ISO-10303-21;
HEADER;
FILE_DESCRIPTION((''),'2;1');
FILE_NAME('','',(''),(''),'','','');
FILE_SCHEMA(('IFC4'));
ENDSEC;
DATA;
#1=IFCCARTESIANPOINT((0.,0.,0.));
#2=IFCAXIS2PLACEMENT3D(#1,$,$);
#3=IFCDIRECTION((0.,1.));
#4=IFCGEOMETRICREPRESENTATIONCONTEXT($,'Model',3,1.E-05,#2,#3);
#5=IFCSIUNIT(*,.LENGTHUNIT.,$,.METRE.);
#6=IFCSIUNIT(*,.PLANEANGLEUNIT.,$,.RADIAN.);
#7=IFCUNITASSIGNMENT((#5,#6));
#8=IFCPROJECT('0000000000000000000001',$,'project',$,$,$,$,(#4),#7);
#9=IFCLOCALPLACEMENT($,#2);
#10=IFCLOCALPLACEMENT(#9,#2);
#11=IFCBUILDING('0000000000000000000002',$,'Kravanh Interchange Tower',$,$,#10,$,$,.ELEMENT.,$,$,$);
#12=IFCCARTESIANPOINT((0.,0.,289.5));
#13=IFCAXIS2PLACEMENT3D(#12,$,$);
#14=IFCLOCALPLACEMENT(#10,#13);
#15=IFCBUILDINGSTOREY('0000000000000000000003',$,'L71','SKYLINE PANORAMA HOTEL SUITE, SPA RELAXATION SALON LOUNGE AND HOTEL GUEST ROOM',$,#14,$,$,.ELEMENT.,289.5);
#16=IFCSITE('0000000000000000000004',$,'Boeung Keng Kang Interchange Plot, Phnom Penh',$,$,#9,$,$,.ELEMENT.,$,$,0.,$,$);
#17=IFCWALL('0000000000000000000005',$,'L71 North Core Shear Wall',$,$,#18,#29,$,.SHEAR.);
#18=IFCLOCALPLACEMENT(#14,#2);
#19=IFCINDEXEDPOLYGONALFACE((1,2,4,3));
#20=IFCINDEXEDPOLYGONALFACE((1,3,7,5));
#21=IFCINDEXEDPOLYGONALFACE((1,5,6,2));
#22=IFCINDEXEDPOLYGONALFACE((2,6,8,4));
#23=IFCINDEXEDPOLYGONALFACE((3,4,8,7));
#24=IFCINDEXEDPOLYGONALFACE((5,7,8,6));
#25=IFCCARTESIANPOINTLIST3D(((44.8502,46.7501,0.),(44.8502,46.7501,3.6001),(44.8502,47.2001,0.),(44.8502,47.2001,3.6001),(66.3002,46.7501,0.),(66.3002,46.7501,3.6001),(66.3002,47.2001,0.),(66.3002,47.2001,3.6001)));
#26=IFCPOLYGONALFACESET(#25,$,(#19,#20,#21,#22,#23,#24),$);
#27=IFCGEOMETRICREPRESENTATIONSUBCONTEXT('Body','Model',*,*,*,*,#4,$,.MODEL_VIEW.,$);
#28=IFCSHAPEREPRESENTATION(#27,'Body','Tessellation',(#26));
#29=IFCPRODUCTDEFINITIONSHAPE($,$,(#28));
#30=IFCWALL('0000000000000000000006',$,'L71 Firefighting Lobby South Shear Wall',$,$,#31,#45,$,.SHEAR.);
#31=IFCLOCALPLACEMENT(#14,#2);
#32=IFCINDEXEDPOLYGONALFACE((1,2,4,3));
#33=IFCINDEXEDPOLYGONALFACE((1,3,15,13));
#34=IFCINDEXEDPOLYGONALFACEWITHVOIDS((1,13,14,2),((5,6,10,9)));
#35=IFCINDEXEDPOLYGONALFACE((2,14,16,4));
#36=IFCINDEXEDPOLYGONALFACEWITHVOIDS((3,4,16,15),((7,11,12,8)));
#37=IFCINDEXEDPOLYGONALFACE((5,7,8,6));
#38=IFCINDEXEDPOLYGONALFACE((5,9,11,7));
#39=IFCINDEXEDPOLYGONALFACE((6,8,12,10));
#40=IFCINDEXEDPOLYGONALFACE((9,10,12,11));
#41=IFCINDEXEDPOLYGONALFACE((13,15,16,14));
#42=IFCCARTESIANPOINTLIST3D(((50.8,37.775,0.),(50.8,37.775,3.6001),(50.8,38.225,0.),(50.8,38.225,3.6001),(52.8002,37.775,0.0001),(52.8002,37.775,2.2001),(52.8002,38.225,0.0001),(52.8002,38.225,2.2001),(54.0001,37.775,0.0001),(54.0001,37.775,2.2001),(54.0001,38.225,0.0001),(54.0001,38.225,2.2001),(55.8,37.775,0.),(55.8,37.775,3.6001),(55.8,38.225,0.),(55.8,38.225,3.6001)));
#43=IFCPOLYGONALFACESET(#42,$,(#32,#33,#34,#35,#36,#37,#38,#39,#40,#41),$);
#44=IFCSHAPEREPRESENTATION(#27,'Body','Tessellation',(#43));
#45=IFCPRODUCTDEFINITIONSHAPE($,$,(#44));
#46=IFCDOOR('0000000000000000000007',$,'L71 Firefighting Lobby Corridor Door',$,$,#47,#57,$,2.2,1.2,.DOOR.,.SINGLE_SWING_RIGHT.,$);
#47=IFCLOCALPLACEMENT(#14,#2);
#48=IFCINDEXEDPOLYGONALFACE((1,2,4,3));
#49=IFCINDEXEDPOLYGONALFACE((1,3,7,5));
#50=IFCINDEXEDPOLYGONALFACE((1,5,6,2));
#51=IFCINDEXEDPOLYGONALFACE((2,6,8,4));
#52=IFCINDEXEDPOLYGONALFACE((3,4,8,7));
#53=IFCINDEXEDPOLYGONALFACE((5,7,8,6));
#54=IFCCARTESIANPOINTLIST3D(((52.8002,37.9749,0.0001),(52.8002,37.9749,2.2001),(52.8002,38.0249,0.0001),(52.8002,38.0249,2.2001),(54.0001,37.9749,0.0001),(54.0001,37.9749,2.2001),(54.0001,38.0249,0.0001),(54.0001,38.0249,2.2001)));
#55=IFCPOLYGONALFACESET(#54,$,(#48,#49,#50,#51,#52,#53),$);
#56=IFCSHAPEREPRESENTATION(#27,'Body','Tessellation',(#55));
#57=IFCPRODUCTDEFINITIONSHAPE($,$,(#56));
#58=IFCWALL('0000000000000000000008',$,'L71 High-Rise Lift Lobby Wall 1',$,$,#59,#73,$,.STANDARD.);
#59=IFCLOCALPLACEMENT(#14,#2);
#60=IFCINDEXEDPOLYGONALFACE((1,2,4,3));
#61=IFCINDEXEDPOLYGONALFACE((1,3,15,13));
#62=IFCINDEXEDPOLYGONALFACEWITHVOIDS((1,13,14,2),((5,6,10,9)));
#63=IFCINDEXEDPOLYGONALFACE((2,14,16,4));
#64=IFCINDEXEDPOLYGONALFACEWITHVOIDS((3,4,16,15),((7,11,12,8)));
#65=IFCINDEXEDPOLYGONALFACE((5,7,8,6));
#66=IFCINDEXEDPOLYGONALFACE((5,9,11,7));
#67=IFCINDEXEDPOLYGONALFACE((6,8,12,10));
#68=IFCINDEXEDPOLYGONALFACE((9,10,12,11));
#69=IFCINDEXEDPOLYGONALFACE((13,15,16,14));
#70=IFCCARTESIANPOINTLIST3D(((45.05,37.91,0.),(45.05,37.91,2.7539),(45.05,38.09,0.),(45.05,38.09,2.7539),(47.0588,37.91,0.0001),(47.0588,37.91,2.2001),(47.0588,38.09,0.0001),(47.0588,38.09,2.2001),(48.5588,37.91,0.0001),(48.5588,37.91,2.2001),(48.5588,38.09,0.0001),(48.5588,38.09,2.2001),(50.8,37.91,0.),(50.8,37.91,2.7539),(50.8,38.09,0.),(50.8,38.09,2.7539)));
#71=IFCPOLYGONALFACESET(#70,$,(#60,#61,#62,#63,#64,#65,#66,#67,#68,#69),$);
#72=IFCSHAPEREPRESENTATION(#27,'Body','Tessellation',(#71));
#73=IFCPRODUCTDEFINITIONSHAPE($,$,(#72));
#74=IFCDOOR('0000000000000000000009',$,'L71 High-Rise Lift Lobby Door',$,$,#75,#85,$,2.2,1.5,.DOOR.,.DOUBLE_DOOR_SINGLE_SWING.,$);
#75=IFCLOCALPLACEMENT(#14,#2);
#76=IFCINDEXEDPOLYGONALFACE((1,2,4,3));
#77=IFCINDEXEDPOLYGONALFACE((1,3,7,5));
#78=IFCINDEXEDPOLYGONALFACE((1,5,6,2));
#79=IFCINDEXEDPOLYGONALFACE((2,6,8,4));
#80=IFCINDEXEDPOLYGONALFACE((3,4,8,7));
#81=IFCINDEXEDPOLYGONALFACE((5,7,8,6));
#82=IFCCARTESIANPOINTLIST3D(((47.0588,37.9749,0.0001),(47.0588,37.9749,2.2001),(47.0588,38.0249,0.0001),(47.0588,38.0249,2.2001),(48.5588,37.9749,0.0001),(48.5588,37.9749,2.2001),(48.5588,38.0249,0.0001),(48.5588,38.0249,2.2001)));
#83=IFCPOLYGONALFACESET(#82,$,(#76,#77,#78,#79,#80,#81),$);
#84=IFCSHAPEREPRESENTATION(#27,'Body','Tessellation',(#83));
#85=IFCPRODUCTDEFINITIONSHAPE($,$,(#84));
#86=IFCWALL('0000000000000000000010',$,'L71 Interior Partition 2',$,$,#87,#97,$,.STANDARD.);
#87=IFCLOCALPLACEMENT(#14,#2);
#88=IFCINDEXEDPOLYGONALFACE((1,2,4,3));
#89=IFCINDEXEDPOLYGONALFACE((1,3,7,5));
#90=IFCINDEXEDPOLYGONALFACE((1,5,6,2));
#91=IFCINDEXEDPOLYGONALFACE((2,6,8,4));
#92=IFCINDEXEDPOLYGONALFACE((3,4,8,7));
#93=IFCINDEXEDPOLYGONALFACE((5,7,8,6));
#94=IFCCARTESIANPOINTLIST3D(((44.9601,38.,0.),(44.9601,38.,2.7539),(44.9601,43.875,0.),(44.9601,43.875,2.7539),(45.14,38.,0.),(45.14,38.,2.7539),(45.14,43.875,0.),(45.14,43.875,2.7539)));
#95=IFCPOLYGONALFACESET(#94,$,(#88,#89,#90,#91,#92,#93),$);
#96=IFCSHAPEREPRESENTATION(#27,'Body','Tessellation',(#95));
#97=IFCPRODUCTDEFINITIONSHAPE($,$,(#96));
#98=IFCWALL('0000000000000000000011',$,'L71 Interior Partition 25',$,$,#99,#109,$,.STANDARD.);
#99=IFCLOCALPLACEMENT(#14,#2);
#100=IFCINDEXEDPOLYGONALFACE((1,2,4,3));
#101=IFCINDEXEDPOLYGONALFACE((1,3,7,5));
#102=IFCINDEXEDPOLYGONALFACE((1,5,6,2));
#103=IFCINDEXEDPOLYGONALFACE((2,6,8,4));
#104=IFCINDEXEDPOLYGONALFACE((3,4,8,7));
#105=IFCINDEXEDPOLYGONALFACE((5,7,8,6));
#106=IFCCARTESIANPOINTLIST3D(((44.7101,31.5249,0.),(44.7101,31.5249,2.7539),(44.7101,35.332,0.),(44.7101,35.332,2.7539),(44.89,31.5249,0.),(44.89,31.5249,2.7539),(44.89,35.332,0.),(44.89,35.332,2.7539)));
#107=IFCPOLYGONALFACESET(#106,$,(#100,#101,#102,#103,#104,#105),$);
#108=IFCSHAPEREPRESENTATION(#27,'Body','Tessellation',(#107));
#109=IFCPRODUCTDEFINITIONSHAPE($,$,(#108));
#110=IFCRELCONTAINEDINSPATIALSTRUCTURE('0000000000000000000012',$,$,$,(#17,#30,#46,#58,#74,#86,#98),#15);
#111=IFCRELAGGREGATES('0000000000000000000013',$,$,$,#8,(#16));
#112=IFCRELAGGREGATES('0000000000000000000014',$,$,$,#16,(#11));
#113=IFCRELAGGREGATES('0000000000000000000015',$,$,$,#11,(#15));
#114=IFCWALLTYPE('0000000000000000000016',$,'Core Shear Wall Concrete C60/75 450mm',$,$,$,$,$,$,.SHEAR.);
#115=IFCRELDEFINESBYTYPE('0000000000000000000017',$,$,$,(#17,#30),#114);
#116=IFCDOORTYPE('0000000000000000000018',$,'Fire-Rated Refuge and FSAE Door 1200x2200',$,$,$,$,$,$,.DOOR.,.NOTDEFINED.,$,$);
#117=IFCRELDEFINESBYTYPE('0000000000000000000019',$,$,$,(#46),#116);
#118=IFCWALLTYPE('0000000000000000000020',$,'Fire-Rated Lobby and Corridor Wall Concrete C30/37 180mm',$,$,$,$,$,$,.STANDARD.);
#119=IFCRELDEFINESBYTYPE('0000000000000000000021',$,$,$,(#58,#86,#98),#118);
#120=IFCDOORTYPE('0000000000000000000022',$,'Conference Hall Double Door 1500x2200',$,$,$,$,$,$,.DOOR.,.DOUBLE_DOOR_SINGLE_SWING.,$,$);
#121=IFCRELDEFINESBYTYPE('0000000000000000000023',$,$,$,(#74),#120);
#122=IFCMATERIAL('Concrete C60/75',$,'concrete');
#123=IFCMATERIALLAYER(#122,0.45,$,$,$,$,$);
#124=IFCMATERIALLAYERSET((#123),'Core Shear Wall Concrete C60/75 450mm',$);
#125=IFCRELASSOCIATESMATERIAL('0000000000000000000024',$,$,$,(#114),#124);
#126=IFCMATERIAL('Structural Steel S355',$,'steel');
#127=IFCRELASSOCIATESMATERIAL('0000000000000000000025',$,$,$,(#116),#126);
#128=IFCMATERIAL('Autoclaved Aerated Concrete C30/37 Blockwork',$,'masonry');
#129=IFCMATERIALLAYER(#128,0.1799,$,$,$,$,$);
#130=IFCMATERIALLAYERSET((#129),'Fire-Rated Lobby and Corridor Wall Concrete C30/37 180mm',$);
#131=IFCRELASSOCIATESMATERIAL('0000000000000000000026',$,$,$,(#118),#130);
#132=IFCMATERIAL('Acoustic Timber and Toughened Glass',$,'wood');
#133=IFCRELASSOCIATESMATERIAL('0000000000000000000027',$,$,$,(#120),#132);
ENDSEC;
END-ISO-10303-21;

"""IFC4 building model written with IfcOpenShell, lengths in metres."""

from ifc_helpers import new_model, si_unit, direction, frame, frame_2d, origin, place, context, subcontext, project, spatial, rectangle, extrude, material, layer, layer_set, type_object, element, fill, save


model = new_model("IFC4")

# Units and contexts
model_context = context("Model", 3, precision=1e-05, world=origin(), true_north=direction((0.0, 1.0)))
body_context = subcontext(model_context, "Body", "Model", "MODEL_VIEW")
ifc_project = project(units=[si_unit("LENGTHUNIT", "METRE"), si_unit("PLANEANGLEUNIT", "RADIAN")], contexts=[model_context])

# Site, building, storey
site_placement = place(None, origin())
site = spatial("IfcSite", under=ifc_project, at=site_placement, Name="Boeung Keng Kang Interchange Plot, Phnom Penh", CompositionType="ELEMENT", RefElevation=0.0)
building_placement = place(site_placement, origin())
building = spatial("IfcBuilding", under=site, at=building_placement, Name="Kravanh Interchange Tower", CompositionType="ELEMENT")
storey_placement = place(building_placement, frame((0.0, 0.0, 289.5)))
storey = spatial("IfcBuildingStorey", under=building, at=storey_placement, Name="L71", Description="SKYLINE PANORAMA HOTEL SUITE, SPA RELAXATION SALON LOUNGE AND HOTEL GUEST ROOM", CompositionType="ELEMENT", Elevation=289.5)

# Wall
ifc_material_1 = material(Name="Concrete C60/75", Category="concrete")
ifc_layer_1 = layer(ifc_material_1, 0.45)
ifc_layer_set_1 = layer_set([ifc_layer_1], Name="Core Shear Wall Concrete C60/75 450mm")
wall_type_1 = type_object("IfcWallType", Name="Core Shear Wall Concrete C60/75 450mm", PredefinedType="SHEAR", material=ifc_layer_set_1)
wall_1_placement = place(storey_placement, frame((44.8501, 46.9751, 0.0), z_axis=(0.0, 0.0, 1.0), x_axis=(1.0, 0.0, 0.0)))
element("IfcWall", 1, at=wall_1_placement, inside=storey, type_object=wall_type_1, Name="L71 North Core Shear Wall", PredefinedType="SHEAR", context=body_context, shape_type="SweptSolid", body=[
    extrude(rectangle(XDim=21.45, YDim=0.45, at=frame_2d((10.7251, 0.0))), origin(), (0.0, 0.0, 1.0), 3.6001),
])

# Walls, openings, doors
wall_2_placement = place(storey_placement, frame((50.8, 38.0, 0.0), z_axis=(0.0, 0.0, 1.0), x_axis=(1.0, 0.0, 0.0)))
wall_2 = element("IfcWall", 2, at=wall_2_placement, inside=storey, type_object=wall_type_1, Name="L71 Firefighting Lobby South Shear Wall", PredefinedType="SHEAR", context=body_context, shape_type="SweptSolid", body=[
    extrude(rectangle(XDim=5.0, YDim=0.45, at=frame_2d((2.5, 0.0))), origin(), (0.0, 0.0, 1.0), 3.6001),
])
opening_1_placement = place(wall_2_placement, frame((2.0, 0.0, 0.0)))
opening_1 = element("IfcOpeningElement", 3, at=opening_1_placement, cuts=wall_2, PredefinedType="OPENING", context=body_context, shape_type="SweptSolid", body=[
    extrude(rectangle(XDim=1.2, YDim=2.2, at=frame_2d((0.6001, 1.1001))), frame((0.0, 0.2349, 0.0), z_axis=(0.0, -1.0, 0.0), x_axis=(1.0, 0.0, 0.0)), (0.0, 0.0, 1.0), 0.47),
])
ifc_material_2 = material(Name="Structural Steel S355", Category="steel")
door_type_1 = type_object("IfcDoorType", Name="Fire-Rated Refuge and FSAE Door 1200x2200", OperationType="NOTDEFINED", PredefinedType="DOOR", material=ifc_material_2)
door_1_placement = place(opening_1_placement, origin())
door_1 = element("IfcDoor", 4, at=door_1_placement, inside=storey, type_object=door_type_1, Name="L71 Firefighting Lobby Corridor Door", OperationType="SINGLE_SWING_RIGHT", OverallHeight=2.2, OverallWidth=1.2, PredefinedType="DOOR", context=body_context, shape_type="SweptSolid", body=[
    extrude(rectangle(XDim=1.2, YDim=2.2, at=frame_2d((0.6001, 1.1001))), frame((0.0, 0.0249, 0.0), z_axis=(0.0, -1.0, 0.0), x_axis=(1.0, 0.0, 0.0)), (0.0, 0.0, 1.0), 0.05),
])
fill(opening_1, door_1)
ifc_material_3 = material(Name="Autoclaved Aerated Concrete C30/37 Blockwork", Category="masonry")
ifc_layer_2 = layer(ifc_material_3, 0.1799)
ifc_layer_set_2 = layer_set([ifc_layer_2], Name="Fire-Rated Lobby and Corridor Wall Concrete C30/37 180mm")
wall_type_2 = type_object("IfcWallType", Name="Fire-Rated Lobby and Corridor Wall Concrete C30/37 180mm", PredefinedType="STANDARD", material=ifc_layer_set_2)
wall_3_placement = place(storey_placement, frame((45.05, 38.0, 0.0), z_axis=(0.0, 0.0, 1.0), x_axis=(1.0, 0.0, 0.0)))
wall_3 = element("IfcWall", 5, at=wall_3_placement, inside=storey, type_object=wall_type_2, Name="L71 High-Rise Lift Lobby Wall 1", PredefinedType="STANDARD", context=body_context, shape_type="SweptSolid", body=[
    extrude(rectangle(XDim=5.75, YDim=0.1799, at=frame_2d((2.875, 0.0))), origin(), (0.0, 0.0, 1.0), 2.7539),
])
opening_2_placement = place(wall_3_placement, frame((2.0088, 0.0, 0.0)))
opening_2 = element("IfcOpeningElement", 6, at=opening_2_placement, cuts=wall_3, PredefinedType="OPENING", context=body_context, shape_type="SweptSolid", body=[
    extrude(rectangle(XDim=1.5, YDim=2.2, at=frame_2d((0.75, 1.1001))), frame((0.0, 0.1001, 0.0), z_axis=(0.0, -1.0, 0.0), x_axis=(1.0, 0.0, 0.0)), (0.0, 0.0, 1.0), 0.2),
])
ifc_material_4 = material(Name="Acoustic Timber and Toughened Glass", Category="wood")
door_type_2 = type_object("IfcDoorType", Name="Conference Hall Double Door 1500x2200", OperationType="DOUBLE_DOOR_SINGLE_SWING", PredefinedType="DOOR", material=ifc_material_4)
door_2_placement = place(opening_2_placement, origin())
door_2 = element("IfcDoor", 7, at=door_2_placement, inside=storey, type_object=door_type_2, Name="L71 High-Rise Lift Lobby Door", OperationType="DOUBLE_DOOR_SINGLE_SWING", OverallHeight=2.2, OverallWidth=1.5, PredefinedType="DOOR", context=body_context, shape_type="SweptSolid", body=[
    extrude(rectangle(XDim=1.5, YDim=2.2, at=frame_2d((0.75, 1.1001))), frame((0.0, 0.0249, 0.0), z_axis=(0.0, -1.0, 0.0), x_axis=(1.0, 0.0, 0.0)), (0.0, 0.0, 1.0), 0.05),
])
fill(opening_2, door_2)

# Walls
wall_4_placement = place(storey_placement, frame((45.05, 38.0, 0.0), z_axis=(0.0, 0.0, 1.0), x_axis=(0.0, 1.0, 0.0)))
element("IfcWall", 8, at=wall_4_placement, inside=storey, type_object=wall_type_2, Name="L71 Interior Partition 2", PredefinedType="STANDARD", context=body_context, shape_type="SweptSolid", body=[
    extrude(rectangle(XDim=5.875, YDim=0.1799, at=frame_2d((2.9375, 0.0))), origin(), (0.0, 0.0, 1.0), 2.7539),
])
wall_5_placement = place(storey_placement, frame((44.8, 31.5249, 0.0), z_axis=(0.0, 0.0, 1.0), x_axis=(0.0, 1.0, 0.0)))
element("IfcWall", 9, at=wall_5_placement, inside=storey, type_object=wall_type_2, Name="L71 Interior Partition 25", PredefinedType="STANDARD", context=body_context, shape_type="SweptSolid", body=[
    extrude(rectangle(XDim=3.8071, YDim=0.1799, at=frame_2d((1.9036, 0.0))), origin(), (0.0, 0.0, 1.0), 2.7539),
])

save(model, "model.ifc")
